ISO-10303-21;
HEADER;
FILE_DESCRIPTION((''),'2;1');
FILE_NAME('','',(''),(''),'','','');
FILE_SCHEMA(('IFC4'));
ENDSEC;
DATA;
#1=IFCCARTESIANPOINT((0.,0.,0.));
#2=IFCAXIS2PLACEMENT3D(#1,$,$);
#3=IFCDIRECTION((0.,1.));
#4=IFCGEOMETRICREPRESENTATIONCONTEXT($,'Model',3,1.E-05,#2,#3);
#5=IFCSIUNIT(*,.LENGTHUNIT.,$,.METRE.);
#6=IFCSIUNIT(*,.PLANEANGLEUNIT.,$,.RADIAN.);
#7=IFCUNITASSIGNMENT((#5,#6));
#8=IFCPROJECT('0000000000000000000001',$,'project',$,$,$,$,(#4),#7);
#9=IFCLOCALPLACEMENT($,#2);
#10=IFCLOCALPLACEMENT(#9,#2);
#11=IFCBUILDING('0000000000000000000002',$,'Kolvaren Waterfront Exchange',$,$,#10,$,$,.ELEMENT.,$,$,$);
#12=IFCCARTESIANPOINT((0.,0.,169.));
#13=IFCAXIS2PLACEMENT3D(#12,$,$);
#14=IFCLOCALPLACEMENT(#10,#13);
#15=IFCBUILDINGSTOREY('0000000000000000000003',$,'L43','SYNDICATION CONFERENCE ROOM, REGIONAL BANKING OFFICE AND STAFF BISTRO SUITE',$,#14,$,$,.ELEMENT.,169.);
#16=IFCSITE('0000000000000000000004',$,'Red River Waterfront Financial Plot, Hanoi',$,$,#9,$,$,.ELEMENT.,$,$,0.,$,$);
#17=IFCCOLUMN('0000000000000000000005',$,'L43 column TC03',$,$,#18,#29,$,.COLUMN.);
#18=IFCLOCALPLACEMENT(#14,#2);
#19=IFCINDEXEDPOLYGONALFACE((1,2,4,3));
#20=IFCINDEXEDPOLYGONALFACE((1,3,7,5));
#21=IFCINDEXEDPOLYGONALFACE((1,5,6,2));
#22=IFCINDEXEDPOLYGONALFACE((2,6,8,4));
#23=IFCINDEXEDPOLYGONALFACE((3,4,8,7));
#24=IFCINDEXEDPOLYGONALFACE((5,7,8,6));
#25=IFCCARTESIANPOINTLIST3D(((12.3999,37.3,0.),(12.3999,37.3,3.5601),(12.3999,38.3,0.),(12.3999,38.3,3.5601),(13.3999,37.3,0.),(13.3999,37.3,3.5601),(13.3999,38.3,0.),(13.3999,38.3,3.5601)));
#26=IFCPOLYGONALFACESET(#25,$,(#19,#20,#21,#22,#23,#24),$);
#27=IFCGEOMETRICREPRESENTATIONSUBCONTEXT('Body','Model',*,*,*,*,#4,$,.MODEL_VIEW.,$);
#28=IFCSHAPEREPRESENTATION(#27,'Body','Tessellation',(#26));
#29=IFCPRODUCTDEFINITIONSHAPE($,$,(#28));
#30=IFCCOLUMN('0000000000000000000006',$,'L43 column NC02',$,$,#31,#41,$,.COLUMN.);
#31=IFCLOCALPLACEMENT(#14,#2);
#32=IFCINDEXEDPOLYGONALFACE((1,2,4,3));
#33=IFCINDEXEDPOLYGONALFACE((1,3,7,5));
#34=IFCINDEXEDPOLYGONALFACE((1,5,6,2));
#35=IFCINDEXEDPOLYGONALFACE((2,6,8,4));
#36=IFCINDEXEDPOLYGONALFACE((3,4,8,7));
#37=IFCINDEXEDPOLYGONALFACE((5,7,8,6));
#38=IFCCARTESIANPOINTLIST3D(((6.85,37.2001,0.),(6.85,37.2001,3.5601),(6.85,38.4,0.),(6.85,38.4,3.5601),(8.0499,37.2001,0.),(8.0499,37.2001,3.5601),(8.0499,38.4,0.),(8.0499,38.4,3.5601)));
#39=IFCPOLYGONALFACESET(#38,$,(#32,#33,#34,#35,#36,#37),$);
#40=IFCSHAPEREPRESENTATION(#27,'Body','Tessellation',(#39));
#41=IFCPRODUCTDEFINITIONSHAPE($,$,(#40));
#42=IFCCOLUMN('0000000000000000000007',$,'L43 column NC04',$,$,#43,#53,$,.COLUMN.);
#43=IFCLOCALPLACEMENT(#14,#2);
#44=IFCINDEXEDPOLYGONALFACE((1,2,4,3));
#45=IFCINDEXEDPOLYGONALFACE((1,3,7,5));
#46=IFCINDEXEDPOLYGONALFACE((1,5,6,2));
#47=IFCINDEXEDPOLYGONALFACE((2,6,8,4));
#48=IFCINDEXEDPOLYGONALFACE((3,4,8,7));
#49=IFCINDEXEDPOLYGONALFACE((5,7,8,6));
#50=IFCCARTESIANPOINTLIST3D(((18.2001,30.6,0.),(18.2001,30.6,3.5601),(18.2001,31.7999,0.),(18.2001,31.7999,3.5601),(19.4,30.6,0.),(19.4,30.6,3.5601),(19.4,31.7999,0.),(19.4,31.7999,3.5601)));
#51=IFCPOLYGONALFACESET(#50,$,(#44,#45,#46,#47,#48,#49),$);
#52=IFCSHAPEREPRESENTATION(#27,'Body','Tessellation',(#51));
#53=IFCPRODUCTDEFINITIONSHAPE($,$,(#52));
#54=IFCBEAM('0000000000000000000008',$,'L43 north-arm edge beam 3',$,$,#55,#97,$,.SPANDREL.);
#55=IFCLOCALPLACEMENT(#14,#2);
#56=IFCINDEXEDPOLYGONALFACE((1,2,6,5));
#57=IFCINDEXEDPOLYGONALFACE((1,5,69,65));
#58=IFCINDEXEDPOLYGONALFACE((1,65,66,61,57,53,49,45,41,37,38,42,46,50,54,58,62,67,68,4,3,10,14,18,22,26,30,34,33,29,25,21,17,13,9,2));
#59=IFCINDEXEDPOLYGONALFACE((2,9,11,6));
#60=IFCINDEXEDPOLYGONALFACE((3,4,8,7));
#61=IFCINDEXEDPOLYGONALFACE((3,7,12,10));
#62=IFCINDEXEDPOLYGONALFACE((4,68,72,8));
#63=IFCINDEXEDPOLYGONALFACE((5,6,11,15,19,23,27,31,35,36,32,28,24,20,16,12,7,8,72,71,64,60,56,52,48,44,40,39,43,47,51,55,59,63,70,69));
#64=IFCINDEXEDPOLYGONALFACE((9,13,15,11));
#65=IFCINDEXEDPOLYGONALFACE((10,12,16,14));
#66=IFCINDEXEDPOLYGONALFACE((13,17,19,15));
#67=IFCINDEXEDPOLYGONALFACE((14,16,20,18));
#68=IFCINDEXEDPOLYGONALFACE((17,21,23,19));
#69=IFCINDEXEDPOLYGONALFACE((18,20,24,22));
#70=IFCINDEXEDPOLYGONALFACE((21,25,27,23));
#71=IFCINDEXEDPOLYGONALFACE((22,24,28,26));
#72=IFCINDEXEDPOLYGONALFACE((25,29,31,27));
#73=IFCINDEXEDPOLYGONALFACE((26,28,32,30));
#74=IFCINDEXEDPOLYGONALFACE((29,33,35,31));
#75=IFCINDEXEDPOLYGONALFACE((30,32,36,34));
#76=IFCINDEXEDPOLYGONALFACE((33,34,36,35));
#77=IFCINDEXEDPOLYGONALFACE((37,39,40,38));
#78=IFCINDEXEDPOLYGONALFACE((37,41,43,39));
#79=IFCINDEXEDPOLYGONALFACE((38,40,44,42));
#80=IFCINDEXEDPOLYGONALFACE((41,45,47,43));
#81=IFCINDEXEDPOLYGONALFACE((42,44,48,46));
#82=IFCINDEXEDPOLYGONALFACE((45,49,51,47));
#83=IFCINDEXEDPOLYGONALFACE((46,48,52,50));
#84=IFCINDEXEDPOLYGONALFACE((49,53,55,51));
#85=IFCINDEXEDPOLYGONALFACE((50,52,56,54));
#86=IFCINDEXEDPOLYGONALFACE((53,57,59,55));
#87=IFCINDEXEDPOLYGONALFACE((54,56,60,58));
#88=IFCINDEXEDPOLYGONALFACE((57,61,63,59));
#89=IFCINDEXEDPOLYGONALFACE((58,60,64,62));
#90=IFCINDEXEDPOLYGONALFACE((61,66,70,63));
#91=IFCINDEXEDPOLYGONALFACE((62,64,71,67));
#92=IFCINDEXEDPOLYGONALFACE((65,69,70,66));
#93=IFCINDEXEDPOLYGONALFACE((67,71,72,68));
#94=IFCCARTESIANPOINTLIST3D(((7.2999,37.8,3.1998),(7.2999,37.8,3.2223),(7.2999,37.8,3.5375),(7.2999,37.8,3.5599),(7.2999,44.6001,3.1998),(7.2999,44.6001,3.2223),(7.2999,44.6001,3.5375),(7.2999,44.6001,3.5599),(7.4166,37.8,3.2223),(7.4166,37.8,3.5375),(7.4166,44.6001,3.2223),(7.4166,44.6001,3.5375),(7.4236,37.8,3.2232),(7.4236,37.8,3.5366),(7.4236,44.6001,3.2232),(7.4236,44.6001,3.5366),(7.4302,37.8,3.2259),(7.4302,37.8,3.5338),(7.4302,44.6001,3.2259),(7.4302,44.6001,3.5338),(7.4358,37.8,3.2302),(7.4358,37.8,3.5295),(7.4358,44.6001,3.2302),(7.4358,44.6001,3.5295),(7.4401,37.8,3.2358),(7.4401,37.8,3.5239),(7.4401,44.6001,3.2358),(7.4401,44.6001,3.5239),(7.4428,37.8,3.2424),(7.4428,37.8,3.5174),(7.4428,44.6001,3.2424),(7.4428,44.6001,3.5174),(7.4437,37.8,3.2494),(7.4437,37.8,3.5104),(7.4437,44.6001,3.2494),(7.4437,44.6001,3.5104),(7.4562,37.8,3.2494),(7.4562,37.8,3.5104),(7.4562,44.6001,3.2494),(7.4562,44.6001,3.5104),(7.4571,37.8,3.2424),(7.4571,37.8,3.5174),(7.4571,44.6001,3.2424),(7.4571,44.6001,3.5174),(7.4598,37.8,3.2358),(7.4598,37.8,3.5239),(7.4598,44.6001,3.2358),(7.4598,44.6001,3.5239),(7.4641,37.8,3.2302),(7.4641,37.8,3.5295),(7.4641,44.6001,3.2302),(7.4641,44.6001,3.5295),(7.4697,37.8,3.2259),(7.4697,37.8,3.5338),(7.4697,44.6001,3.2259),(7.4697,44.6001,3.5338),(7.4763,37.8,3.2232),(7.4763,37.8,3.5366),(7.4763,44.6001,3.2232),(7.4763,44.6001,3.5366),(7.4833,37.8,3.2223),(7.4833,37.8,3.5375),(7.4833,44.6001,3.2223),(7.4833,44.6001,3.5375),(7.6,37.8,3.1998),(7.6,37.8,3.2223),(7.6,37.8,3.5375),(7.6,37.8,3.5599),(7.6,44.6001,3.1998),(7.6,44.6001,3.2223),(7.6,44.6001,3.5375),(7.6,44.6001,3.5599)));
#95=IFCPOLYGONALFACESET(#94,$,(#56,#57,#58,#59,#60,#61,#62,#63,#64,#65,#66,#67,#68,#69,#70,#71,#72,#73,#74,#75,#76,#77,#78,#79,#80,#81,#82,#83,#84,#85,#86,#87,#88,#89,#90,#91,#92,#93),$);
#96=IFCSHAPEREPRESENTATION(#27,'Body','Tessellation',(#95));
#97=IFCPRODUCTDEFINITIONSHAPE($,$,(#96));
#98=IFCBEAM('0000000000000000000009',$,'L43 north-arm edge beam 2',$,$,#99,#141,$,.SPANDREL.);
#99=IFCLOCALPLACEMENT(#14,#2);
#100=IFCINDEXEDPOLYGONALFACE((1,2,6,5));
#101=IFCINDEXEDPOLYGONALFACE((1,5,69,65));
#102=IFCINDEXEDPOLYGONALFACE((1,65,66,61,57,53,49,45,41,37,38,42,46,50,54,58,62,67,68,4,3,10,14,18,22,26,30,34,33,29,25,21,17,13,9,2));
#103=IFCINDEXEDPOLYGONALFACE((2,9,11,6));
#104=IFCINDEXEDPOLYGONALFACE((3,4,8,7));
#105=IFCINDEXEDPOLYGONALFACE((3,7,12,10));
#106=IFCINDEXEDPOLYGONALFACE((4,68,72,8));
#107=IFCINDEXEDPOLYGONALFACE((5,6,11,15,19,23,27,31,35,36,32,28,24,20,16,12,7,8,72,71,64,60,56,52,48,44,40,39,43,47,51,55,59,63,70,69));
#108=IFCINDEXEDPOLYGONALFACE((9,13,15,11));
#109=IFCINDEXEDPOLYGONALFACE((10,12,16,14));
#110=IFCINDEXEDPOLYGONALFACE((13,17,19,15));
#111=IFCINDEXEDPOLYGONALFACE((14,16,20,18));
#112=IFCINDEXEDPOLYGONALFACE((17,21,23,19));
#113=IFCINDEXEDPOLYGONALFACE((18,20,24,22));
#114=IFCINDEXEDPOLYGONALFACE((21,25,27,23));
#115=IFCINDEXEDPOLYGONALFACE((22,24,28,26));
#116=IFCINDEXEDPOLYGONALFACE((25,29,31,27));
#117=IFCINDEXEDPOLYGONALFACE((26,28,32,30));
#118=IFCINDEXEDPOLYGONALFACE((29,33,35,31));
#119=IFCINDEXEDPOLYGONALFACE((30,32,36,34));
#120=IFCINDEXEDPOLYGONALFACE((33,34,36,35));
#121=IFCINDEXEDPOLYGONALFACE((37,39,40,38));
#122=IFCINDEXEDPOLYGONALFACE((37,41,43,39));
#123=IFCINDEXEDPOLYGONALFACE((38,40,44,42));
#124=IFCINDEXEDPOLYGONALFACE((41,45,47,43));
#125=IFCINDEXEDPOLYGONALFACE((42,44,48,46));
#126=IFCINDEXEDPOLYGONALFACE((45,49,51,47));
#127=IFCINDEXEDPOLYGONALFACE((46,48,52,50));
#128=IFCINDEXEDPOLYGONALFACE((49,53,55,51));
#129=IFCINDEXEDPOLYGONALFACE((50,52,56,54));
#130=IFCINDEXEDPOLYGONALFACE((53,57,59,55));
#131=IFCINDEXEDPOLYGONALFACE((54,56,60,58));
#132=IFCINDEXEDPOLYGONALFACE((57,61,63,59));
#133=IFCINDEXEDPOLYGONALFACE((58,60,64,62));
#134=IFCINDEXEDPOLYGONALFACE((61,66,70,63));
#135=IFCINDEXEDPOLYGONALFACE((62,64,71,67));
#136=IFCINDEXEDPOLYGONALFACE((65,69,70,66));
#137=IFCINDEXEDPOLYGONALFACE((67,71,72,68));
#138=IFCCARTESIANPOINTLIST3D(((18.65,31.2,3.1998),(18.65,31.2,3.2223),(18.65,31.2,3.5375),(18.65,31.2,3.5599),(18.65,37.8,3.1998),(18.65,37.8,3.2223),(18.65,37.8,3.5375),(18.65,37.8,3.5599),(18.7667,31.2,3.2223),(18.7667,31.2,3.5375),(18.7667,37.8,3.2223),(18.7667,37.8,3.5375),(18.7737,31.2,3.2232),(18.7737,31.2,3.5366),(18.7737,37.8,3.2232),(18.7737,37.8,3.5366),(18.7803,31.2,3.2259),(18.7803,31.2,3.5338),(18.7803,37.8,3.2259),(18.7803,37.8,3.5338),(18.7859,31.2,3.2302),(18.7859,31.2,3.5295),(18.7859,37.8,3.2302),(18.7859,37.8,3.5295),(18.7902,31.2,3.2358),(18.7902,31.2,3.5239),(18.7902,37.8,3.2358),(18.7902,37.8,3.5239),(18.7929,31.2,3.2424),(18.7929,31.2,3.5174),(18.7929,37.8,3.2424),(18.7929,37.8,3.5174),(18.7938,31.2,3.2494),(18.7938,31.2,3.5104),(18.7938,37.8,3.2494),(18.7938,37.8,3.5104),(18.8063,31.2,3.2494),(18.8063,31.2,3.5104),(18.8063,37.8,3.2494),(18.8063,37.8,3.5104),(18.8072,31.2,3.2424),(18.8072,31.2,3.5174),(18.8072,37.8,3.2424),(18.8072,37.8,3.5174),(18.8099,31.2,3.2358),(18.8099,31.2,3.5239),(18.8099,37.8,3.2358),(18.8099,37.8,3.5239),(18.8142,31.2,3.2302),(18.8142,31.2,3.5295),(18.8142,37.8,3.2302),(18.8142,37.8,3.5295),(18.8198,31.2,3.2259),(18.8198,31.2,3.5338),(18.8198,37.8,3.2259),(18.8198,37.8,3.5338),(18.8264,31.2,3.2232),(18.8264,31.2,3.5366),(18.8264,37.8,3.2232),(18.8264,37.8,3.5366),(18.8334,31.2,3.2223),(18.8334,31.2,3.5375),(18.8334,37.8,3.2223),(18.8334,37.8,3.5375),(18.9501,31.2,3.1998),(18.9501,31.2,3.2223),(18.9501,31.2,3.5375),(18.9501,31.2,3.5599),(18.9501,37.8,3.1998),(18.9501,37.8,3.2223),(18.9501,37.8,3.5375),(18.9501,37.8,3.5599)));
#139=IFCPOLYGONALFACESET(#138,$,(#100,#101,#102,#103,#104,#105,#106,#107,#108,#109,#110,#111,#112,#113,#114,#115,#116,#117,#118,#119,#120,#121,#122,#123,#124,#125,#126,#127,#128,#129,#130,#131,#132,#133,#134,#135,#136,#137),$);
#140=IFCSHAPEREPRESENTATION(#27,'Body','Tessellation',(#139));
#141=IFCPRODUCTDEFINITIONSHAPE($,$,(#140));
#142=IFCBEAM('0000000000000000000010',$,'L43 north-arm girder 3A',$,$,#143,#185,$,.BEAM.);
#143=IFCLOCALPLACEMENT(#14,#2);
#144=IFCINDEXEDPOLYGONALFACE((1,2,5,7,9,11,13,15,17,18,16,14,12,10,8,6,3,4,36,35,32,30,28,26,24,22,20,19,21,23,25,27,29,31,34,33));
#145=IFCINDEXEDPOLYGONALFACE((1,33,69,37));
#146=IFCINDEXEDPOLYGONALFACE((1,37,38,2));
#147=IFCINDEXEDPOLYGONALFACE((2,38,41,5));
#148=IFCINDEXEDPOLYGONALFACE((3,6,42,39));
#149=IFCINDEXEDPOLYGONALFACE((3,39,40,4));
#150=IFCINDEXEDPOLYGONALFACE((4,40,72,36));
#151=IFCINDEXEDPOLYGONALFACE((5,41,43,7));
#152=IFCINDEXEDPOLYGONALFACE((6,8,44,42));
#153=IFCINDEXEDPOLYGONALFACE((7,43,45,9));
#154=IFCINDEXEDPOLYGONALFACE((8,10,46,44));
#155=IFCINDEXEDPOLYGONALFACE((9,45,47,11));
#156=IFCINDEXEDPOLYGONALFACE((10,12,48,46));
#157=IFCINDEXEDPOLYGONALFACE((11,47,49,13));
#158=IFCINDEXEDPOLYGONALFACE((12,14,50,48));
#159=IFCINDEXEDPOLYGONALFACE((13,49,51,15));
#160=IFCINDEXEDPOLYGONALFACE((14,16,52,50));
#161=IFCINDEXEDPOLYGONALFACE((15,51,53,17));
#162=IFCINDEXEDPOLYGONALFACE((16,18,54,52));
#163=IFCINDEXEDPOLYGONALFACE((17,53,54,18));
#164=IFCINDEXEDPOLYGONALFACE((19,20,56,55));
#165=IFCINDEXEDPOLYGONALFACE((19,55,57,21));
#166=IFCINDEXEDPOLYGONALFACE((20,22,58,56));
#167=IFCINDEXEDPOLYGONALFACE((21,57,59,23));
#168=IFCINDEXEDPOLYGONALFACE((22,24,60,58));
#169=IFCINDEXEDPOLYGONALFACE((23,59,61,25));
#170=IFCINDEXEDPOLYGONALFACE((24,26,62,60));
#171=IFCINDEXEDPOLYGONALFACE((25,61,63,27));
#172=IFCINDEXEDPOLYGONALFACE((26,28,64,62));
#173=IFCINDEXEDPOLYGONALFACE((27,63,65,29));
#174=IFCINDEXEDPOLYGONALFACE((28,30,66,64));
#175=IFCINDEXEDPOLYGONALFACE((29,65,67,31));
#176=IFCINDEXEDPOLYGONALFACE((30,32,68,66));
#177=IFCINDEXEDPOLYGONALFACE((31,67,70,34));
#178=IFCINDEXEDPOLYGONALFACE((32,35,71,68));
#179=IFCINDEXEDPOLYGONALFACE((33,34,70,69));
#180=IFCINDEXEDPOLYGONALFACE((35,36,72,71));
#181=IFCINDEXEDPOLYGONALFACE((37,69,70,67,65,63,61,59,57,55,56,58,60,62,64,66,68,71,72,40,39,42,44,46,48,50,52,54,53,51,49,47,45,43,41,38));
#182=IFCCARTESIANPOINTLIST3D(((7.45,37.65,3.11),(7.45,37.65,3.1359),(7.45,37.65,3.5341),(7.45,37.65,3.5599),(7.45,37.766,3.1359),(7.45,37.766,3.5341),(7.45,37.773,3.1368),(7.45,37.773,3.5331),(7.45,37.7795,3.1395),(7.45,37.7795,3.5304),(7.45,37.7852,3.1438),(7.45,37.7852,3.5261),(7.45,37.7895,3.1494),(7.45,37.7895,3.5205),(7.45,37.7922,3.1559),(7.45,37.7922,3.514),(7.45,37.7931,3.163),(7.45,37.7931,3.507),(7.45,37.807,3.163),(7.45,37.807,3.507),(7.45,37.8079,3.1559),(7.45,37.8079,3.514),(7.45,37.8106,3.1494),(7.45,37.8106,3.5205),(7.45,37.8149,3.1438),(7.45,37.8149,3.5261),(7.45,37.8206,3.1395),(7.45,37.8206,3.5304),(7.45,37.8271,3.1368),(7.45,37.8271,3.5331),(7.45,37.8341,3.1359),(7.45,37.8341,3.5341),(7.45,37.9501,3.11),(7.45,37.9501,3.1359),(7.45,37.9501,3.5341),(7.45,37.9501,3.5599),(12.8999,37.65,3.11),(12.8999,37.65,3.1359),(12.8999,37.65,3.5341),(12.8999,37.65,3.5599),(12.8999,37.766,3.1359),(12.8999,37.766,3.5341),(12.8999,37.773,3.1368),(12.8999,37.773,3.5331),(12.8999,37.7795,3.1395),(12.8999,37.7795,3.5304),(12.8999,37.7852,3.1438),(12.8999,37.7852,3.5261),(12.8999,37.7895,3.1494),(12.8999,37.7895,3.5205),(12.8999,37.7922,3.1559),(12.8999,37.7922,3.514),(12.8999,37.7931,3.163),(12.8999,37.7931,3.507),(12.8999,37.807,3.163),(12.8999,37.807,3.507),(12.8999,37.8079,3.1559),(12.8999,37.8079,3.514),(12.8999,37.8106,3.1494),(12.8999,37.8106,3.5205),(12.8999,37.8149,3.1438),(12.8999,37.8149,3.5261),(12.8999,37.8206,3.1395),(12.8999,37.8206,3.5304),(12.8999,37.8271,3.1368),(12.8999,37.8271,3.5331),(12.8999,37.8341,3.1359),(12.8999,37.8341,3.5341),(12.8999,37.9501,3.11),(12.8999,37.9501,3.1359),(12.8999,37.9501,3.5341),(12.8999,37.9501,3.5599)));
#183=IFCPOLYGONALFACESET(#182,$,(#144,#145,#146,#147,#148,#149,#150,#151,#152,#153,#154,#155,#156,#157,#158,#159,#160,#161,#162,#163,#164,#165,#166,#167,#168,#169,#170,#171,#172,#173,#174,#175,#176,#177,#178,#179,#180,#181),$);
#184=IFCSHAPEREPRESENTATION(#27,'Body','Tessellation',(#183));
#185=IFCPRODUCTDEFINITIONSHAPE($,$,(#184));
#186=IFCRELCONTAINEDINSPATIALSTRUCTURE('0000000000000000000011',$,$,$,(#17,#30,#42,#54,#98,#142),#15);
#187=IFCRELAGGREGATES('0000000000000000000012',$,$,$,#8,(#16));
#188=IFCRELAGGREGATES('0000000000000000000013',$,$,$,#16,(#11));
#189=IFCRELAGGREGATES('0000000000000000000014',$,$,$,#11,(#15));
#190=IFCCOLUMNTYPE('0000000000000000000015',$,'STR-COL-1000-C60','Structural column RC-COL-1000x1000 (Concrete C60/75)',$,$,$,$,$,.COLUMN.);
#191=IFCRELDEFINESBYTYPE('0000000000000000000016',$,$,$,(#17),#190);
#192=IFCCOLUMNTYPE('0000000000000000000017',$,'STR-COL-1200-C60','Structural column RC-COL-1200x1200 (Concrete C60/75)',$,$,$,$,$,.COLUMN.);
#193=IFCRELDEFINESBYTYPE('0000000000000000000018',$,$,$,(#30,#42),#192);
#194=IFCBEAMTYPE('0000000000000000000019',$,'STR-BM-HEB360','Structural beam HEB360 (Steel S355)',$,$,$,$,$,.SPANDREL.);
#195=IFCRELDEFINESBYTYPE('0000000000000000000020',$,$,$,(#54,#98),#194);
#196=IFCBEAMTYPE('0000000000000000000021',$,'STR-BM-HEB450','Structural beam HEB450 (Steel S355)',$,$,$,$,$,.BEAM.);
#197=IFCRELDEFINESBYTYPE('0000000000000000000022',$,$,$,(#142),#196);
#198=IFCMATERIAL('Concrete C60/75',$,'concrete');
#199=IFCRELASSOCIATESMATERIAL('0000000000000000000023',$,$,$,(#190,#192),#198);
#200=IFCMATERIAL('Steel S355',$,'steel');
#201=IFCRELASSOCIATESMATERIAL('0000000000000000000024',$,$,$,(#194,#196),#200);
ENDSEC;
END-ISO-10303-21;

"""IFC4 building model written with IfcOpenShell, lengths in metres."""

from ifc_helpers import new_model, si_unit, direction, frame, origin, origin_2d, place, context, subcontext, project, spatial, rectangle, i_section, extrude, material, material_profile, profile_set, type_object, element, save


model = new_model("IFC4")

# Units and contexts
model_context = context("Model", 3, precision=1e-05, world=origin(), true_north=direction((0.0, 1.0)))
body_context = subcontext(model_context, "Body", "Model", "MODEL_VIEW")
ifc_project = project(units=[si_unit("LENGTHUNIT", "METRE"), si_unit("PLANEANGLEUNIT", "RADIAN")], contexts=[model_context])

# Site, building, storey
site_placement = place(None, origin())
site = spatial("IfcSite", under=ifc_project, at=site_placement, Name="Red River Waterfront Financial Plot, Hanoi", CompositionType="ELEMENT", RefElevation=0.0)
building_placement = place(site_placement, origin())
building = spatial("IfcBuilding", under=site, at=building_placement, Name="Kolvaren Waterfront Exchange", CompositionType="ELEMENT")
storey_placement = place(building_placement, frame((0.0, 0.0, 169.0)))
storey = spatial("IfcBuildingStorey", under=building, at=storey_placement, Name="L43", Description="SYNDICATION CONFERENCE ROOM, REGIONAL BANKING OFFICE AND STAFF BISTRO SUITE", CompositionType="ELEMENT", Elevation=169.0)

# Columns
ifc_material_1 = material(Name="Concrete C60/75", Category="concrete")
ifc_material_profile_1 = material_profile(ifc_material_1, rectangle(XDim=1.0, YDim=1.0, at=origin_2d()), Name="RC-COL-1000x1000")
ifc_profile_set_1 = profile_set([ifc_material_profile_1], Name="Concrete C60/75")
column_type_1 = type_object("IfcColumnType", Name="STR-COL-1000-C60", Description="Structural column RC-COL-1000x1000 (Concrete C60/75)", PredefinedType="COLUMN", material=ifc_profile_set_1)
column_placement = place(storey_placement, frame((12.8999, 37.8, 0.0), z_axis=(0.0, 0.0, 1.0), x_axis=(1.0, 0.0, 0.0)))
element("IfcColumn", 1, at=column_placement, inside=storey, type_object=column_type_1, Name="L43 column TC03", PredefinedType="COLUMN", context=body_context, shape_type="SweptSolid", body=[
    extrude(rectangle(XDim=1.0, YDim=1.0, at=origin_2d()), origin(), (0.0, 0.0, 1.0), 3.5601),
])
ifc_material_profile_2 = material_profile(ifc_material_1, rectangle(XDim=1.2, YDim=1.2, at=origin_2d()), Name="RC-COL-1200x1200")
ifc_profile_set_2 = profile_set([ifc_material_profile_2], Name="Concrete C60/75")
column_type_2 = type_object("IfcColumnType", Name="STR-COL-1200-C60", Description="Structural column RC-COL-1200x1200 (Concrete C60/75)", PredefinedType="COLUMN", material=ifc_profile_set_2)
for number, where, z_axis, x_axis, name in (
    (2, (7.45, 37.8, 0.0), (0.0, 0.0, 1.0), (1.0, 0.0, 0.0), "L43 column NC02"),
    (3, (18.8, 31.2, 0.0), (0.0, 0.0, 1.0), (1.0, 0.0, 0.0), "L43 column NC04"),
):
    element("IfcColumn", number, at=place(storey_placement, frame(where, z_axis=z_axis, x_axis=x_axis)), inside=storey, type_object=column_type_2, Name=name, PredefinedType="COLUMN", context=body_context, shape_type="SweptSolid", body=[
        extrude(rectangle(XDim=1.2, YDim=1.2, at=origin_2d()), origin(), (0.0, 0.0, 1.0), 3.5601),
    ])

# Beams
ifc_material_2 = material(Name="Steel S355", Category="steel")
ifc_material_profile_3 = material_profile(ifc_material_2, i_section(OverallWidth=0.3, OverallDepth=0.3601, WebThickness=0.0125, FlangeThickness=0.0225, FilletRadius=0.0271, at=origin_2d()), Name="HEB360")
ifc_profile_set_3 = profile_set([ifc_material_profile_3], Name="Steel S355")
beam_type_1 = type_object("IfcBeamType", Name="STR-BM-HEB360", Description="Structural beam HEB360 (Steel S355)", PredefinedType="SPANDREL", material=ifc_profile_set_3)
beam_1_placement = place(storey_placement, frame((7.45, 37.8, 3.3799), z_axis=(0.0, 1.0, 0.0), x_axis=(-1.0, 0.0, 0.0)))
element("IfcBeam", 4, at=beam_1_placement, inside=storey, type_object=beam_type_1, Name="L43 north-arm edge beam 3", PredefinedType="SPANDREL", context=body_context, shape_type="SweptSolid", body=[
    extrude(i_section(OverallWidth=0.3, OverallDepth=0.3601, WebThickness=0.0125, FlangeThickness=0.0225, FilletRadius=0.0271, at=origin_2d()), origin(), (0.0, 0.0, 1.0), 6.8),
])
beam_2_placement = place(storey_placement, frame((18.8, 31.2, 3.3799), z_axis=(0.0, 1.0, 0.0), x_axis=(-1.0, 0.0, 0.0)))
element("IfcBeam", 5, at=beam_2_placement, inside=storey, type_object=beam_type_1, Name="L43 north-arm edge beam 2", PredefinedType="SPANDREL", context=body_context, shape_type="SweptSolid", body=[
    extrude(i_section(OverallWidth=0.3, OverallDepth=0.3601, WebThickness=0.0125, FlangeThickness=0.0225, FilletRadius=0.0271, at=origin_2d()), origin(), (0.0, 0.0, 1.0), 6.6001),
])
ifc_material_profile_4 = material_profile(ifc_material_2, i_section(OverallWidth=0.3, OverallDepth=0.45, WebThickness=0.0139, FlangeThickness=0.0259, FilletRadius=0.0271, at=origin_2d()), Name="HEB450")
ifc_profile_set_4 = profile_set([ifc_material_profile_4], Name="Steel S355")
beam_type_2 = type_object("IfcBeamType", Name="STR-BM-HEB450", Description="Structural beam HEB450 (Steel S355)", PredefinedType="BEAM", material=ifc_profile_set_4)
beam_3_placement = place(storey_placement, frame((7.45, 37.8, 3.335), z_axis=(1.0, 0.0, 0.0), x_axis=(0.0, 1.0, 0.0)))
element("IfcBeam", 6, at=beam_3_placement, inside=storey, type_object=beam_type_2, Name="L43 north-arm girder 3A", PredefinedType="BEAM", context=body_context, shape_type="SweptSolid", body=[
    extrude(i_section(OverallWidth=0.3, OverallDepth=0.45, WebThickness=0.0139, FlangeThickness=0.0259, FilletRadius=0.0271, at=origin_2d()), origin(), (0.0, 0.0, 1.0), 5.45),
])

save(model, "model.ifc")
